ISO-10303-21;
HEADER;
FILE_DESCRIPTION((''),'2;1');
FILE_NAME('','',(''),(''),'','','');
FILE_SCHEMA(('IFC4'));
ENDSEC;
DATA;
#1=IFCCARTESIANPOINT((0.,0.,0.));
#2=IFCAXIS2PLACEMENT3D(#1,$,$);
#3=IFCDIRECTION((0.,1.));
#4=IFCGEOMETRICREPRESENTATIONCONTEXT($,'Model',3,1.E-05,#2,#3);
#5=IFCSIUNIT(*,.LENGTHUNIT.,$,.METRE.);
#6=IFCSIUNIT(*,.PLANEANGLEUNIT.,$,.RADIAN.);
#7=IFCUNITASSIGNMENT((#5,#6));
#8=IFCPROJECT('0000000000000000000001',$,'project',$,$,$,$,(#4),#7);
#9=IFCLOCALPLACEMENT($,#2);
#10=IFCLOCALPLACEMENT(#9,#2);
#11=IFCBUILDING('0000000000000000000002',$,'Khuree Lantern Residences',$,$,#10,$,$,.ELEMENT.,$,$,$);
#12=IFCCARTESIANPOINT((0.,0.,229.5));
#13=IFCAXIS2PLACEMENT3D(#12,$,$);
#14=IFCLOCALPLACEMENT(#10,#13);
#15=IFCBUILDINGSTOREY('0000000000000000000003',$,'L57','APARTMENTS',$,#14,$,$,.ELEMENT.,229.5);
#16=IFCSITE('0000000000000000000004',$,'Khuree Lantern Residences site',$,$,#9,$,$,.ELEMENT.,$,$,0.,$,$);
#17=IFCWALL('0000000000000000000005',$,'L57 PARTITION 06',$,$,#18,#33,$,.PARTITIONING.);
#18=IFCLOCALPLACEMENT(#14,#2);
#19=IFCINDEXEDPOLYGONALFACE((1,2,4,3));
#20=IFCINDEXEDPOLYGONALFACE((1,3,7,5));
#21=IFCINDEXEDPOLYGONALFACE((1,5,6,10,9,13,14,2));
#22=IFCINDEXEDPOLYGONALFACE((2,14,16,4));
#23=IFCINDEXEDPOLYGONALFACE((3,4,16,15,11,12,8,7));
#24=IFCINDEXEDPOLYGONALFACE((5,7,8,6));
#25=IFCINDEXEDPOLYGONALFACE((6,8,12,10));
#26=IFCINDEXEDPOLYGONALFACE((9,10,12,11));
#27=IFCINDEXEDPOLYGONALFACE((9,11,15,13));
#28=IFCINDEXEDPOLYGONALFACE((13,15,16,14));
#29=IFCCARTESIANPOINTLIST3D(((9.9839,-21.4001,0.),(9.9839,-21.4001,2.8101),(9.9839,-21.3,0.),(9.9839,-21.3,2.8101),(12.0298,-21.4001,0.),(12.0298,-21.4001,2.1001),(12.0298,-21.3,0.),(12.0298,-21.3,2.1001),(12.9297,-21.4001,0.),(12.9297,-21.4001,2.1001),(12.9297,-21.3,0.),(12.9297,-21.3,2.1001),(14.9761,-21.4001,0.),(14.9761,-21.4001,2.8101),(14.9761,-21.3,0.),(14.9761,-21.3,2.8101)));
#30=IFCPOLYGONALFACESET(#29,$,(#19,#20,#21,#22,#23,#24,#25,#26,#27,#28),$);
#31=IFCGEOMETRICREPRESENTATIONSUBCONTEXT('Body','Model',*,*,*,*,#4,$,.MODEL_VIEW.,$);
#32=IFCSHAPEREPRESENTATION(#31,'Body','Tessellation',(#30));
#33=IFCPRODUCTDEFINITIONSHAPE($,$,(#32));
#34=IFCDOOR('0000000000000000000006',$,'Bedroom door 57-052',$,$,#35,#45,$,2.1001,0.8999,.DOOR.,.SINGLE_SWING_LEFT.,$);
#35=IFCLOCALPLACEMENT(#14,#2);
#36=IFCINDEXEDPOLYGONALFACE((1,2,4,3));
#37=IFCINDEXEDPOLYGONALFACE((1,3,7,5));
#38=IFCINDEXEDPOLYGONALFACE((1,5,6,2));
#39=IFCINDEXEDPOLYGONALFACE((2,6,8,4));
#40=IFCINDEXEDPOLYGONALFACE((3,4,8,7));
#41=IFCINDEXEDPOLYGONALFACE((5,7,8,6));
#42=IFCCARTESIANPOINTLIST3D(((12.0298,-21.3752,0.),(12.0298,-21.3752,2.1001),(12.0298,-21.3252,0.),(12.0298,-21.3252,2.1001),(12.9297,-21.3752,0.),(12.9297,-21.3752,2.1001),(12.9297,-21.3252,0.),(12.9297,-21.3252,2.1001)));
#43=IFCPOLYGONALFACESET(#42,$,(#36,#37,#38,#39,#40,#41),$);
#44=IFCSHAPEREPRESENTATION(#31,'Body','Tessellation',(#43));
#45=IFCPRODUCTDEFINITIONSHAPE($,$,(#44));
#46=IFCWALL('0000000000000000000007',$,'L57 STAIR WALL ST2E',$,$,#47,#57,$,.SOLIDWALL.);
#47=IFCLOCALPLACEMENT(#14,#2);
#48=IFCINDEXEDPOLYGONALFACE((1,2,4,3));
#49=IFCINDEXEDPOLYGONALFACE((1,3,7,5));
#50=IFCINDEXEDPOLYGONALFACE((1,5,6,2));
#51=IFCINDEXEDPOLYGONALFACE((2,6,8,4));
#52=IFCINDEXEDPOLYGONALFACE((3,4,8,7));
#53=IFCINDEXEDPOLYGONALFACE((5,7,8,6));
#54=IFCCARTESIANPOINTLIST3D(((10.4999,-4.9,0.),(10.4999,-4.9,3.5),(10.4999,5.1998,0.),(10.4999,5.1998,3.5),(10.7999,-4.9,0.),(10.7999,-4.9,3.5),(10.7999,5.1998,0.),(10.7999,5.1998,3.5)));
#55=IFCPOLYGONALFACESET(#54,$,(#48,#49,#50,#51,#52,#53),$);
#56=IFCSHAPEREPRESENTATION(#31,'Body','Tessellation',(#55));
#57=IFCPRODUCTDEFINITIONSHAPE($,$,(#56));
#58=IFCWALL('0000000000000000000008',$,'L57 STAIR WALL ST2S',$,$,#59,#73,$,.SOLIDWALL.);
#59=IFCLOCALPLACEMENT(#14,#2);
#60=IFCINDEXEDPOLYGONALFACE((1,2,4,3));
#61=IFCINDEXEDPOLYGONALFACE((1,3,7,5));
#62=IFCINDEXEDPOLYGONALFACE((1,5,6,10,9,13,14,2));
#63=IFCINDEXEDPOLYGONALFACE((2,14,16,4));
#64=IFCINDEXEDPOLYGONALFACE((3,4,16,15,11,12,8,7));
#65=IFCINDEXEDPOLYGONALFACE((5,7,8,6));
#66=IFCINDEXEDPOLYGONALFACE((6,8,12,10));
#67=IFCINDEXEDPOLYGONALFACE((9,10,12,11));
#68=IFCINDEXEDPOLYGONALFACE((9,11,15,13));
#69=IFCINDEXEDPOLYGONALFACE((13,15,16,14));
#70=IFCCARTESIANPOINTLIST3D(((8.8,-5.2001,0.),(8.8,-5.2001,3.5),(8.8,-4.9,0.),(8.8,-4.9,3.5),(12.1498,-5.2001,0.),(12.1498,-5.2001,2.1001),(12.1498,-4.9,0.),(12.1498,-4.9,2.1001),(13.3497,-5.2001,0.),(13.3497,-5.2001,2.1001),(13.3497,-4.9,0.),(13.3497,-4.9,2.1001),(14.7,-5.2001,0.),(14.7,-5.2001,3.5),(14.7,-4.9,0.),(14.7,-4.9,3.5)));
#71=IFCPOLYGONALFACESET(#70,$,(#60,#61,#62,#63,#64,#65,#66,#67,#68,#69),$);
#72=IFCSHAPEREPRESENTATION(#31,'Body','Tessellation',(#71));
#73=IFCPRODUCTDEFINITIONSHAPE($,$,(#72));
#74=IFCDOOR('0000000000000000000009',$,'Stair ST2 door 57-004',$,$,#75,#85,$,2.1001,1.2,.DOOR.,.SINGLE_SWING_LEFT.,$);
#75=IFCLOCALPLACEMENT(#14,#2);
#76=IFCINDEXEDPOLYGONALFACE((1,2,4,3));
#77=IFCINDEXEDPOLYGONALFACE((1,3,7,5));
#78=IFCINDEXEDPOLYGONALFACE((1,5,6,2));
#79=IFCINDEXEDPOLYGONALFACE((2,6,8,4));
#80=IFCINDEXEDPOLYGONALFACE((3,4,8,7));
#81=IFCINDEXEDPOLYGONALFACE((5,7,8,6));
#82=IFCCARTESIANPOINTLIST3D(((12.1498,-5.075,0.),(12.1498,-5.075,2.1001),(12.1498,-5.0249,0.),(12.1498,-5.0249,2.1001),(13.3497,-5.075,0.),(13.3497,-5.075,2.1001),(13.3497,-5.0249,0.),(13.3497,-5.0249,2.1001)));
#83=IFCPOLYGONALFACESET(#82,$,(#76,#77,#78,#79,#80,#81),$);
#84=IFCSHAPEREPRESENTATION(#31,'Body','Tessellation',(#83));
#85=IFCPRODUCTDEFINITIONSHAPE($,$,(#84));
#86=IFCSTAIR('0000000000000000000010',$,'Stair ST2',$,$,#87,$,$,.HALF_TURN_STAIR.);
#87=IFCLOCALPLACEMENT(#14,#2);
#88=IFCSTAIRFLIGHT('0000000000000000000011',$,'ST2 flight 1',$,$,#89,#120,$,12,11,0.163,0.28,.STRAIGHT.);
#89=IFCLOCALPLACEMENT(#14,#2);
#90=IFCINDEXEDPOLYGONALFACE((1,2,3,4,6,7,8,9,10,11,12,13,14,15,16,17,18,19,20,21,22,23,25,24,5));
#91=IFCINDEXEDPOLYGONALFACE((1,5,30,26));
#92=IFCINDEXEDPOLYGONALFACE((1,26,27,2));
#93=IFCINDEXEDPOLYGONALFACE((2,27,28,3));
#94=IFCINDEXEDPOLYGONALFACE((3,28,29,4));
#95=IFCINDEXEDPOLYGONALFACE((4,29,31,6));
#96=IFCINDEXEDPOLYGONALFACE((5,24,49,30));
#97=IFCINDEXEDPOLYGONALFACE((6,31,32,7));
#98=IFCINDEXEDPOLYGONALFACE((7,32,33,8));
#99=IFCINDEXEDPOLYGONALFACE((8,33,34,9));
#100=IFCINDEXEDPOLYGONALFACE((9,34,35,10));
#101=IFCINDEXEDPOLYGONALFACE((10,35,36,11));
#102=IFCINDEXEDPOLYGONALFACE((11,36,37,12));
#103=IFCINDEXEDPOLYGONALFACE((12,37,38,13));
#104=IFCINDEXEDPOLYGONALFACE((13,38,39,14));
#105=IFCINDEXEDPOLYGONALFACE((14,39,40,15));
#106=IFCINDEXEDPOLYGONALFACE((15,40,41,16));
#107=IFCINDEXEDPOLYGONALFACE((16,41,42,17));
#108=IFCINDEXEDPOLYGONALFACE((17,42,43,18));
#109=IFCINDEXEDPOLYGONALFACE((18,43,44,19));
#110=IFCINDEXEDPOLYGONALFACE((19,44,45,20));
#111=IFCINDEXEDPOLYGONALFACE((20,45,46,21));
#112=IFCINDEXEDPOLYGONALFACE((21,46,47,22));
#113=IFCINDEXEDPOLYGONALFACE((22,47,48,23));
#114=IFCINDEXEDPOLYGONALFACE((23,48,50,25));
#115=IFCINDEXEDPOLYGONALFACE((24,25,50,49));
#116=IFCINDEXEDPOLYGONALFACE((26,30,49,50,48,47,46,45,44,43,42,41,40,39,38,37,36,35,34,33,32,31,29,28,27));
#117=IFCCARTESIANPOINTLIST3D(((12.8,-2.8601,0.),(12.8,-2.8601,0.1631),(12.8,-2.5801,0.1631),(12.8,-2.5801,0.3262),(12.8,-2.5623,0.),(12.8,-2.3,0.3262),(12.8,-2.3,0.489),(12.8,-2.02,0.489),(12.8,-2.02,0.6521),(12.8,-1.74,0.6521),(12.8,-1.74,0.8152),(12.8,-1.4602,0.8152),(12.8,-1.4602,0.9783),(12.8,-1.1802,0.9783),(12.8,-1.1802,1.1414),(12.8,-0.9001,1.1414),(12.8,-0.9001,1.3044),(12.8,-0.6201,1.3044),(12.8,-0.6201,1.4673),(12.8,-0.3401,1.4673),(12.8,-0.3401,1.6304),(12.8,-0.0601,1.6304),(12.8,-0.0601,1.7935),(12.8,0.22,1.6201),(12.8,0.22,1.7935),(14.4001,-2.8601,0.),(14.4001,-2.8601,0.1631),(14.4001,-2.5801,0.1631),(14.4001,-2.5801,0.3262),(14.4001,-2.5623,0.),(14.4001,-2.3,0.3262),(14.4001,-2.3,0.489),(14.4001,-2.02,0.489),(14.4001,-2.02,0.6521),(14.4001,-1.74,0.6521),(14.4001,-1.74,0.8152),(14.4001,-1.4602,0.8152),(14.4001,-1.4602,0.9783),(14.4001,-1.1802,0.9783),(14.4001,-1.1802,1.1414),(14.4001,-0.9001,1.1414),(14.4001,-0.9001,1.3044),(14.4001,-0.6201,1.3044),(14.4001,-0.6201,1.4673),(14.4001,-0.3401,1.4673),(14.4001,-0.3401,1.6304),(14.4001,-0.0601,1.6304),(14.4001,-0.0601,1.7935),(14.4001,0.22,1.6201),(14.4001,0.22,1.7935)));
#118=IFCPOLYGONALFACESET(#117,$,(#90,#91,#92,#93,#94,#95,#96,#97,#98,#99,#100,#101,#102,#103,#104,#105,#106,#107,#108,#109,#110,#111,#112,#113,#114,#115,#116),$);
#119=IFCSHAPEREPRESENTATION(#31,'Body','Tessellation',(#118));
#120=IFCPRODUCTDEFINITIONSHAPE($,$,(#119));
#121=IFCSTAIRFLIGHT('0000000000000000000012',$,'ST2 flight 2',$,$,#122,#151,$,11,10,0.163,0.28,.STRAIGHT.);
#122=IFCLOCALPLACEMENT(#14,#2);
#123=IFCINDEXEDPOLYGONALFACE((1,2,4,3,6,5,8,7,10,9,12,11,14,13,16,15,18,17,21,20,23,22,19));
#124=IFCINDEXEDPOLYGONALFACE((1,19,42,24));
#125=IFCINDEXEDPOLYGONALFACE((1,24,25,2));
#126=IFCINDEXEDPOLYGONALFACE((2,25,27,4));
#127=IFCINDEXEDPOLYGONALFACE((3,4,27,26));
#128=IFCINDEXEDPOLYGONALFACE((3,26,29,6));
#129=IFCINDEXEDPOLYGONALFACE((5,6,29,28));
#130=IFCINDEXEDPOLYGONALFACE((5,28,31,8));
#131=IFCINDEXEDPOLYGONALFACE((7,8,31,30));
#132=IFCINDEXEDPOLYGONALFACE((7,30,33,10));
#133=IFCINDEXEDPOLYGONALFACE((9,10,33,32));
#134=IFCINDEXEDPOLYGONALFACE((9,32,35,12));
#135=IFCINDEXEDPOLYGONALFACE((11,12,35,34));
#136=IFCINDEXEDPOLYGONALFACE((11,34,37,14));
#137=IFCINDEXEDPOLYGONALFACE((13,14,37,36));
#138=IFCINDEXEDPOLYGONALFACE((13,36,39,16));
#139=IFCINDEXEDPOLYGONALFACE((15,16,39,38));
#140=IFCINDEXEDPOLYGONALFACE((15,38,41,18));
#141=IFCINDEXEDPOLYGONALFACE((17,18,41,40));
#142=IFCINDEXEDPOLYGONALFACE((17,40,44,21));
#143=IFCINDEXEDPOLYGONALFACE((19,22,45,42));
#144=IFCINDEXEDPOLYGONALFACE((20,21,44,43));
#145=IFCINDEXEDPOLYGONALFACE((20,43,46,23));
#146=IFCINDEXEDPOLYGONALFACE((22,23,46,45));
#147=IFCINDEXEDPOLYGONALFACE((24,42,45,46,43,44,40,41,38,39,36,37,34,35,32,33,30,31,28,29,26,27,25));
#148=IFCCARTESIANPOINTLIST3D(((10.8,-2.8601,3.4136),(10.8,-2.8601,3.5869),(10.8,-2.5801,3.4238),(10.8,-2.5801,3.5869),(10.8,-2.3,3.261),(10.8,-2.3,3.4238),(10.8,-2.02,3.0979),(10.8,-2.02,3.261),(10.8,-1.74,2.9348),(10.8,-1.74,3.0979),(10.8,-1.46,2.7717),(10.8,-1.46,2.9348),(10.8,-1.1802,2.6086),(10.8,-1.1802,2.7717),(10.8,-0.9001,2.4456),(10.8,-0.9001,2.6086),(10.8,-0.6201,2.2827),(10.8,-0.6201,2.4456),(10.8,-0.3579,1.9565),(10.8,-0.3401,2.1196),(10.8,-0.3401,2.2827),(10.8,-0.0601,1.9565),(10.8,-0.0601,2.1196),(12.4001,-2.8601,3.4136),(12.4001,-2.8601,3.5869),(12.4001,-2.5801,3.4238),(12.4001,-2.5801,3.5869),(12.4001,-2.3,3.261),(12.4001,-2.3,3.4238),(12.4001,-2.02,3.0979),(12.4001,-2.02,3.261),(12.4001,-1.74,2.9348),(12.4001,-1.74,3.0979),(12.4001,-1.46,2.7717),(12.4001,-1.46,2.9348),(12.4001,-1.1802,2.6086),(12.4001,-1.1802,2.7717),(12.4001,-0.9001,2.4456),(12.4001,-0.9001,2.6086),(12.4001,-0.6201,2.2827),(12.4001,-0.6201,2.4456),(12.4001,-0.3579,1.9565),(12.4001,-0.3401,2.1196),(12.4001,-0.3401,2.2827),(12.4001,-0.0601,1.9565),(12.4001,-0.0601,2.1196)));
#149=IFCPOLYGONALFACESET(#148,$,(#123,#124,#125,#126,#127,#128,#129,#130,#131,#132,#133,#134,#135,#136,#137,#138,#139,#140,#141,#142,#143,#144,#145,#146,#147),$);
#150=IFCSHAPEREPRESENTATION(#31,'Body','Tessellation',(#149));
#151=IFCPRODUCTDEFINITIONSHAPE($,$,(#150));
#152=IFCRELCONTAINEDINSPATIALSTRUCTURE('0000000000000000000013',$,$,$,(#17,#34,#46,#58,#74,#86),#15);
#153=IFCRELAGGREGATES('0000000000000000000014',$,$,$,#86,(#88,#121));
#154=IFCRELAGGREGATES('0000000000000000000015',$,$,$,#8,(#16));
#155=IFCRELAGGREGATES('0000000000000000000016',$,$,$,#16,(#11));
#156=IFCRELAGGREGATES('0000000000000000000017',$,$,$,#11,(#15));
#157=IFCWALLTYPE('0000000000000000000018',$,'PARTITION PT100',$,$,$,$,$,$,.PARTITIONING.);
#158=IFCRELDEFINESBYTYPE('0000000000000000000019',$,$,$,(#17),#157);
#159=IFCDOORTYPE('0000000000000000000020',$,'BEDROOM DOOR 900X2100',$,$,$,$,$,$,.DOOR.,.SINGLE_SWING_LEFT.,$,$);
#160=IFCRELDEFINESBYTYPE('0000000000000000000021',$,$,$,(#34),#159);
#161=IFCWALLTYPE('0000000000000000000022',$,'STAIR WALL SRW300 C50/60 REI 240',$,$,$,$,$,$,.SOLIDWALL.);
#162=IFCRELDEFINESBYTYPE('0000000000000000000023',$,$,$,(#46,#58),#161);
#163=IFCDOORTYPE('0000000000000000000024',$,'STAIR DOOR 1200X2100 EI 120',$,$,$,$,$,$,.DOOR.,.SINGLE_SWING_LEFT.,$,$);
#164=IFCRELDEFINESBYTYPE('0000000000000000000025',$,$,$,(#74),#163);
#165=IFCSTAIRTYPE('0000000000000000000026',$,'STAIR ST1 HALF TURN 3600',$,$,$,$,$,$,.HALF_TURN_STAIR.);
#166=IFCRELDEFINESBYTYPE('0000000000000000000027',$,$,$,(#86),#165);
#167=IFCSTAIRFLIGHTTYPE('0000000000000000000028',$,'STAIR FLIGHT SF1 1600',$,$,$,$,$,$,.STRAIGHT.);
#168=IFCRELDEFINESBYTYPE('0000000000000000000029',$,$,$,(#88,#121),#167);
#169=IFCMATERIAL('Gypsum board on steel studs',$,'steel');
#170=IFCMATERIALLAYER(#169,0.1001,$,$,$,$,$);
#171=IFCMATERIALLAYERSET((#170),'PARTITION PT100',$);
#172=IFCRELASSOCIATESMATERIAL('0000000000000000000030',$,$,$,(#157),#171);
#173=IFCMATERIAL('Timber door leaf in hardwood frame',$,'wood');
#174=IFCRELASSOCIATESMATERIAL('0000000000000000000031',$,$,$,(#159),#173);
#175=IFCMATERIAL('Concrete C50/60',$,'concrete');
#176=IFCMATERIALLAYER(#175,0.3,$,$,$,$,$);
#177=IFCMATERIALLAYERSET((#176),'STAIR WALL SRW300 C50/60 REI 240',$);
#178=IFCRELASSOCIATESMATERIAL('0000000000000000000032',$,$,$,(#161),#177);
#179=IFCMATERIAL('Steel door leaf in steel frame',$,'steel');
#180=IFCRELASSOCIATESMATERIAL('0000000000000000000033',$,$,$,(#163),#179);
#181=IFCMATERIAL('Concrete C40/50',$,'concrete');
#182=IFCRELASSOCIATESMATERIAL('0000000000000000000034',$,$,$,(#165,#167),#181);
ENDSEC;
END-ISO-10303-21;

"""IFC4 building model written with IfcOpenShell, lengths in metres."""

from ifc_helpers import new_model, si_unit, direction, frame, frame_2d, origin, place, context, subcontext, project, spatial, polyline, rectangle, outline, extrude, material, layer, layer_set, type_object, element, fill, aggregate, save


model = new_model("IFC4")

# Units and contexts
model_context = context("Model", 3, precision=1e-05, world=origin(), true_north=direction((0.0, 1.0)))
body_context = subcontext(model_context, "Body", "Model", "MODEL_VIEW")
ifc_project = project(units=[si_unit("LENGTHUNIT", "METRE"), si_unit("PLANEANGLEUNIT", "RADIAN")], contexts=[model_context])

# Site, building, storey
site_placement = place(None, origin())
site = spatial("IfcSite", under=ifc_project, at=site_placement, Name="Khuree Lantern Residences site", CompositionType="ELEMENT", RefElevation=0.0)
building_placement = place(site_placement, origin())
building = spatial("IfcBuilding", under=site, at=building_placement, Name="Khuree Lantern Residences", CompositionType="ELEMENT")
storey_placement = place(building_placement, frame((0.0, 0.0, 229.5)))
storey = spatial("IfcBuildingStorey", under=building, at=storey_placement, Name="L57", Description="APARTMENTS", CompositionType="ELEMENT", Elevation=229.5)

# Shared definitions
ifc_material_1 = material(Name="Concrete C50/60", Category="concrete")

# Shared definitions
ifc_material_2 = material(Name="Timber door leaf in hardwood frame", Category="wood")

# Shared definitions
ifc_material_3 = material(Name="Gypsum board on steel studs", Category="steel")

# Shared definitions
ifc_material_4 = material(Name="Steel door leaf in steel frame", Category="steel")

# Shared definitions
ifc_layer_1 = layer(ifc_material_3, 0.1001)
ifc_layer_set_1 = layer_set([ifc_layer_1], Name="PARTITION PT100")
wall_type_1 = type_object("IfcWallType", Name="PARTITION PT100", PredefinedType="PARTITIONING", material=ifc_layer_set_1)

# Wall, opening, door
wall_1_placement = place(storey_placement, frame((9.9839, -21.3501, 0.0), z_axis=(0.0, 0.0, 1.0), x_axis=(1.0, 0.0, 0.0)))
wall_1 = element("IfcWall", 1, at=wall_1_placement, inside=storey, type_object=wall_type_1, Name="L57 PARTITION 06", PredefinedType="PARTITIONING", context=body_context, shape_type="SweptSolid", body=[
    extrude(rectangle(XDim=4.9922, YDim=0.1001, at=frame_2d((2.4961, 0.0))), origin(), (0.0, 0.0, 1.0), 2.8101),
])
opening_1_placement = place(wall_1_placement, frame((2.0459, 0.0, 0.0)))
opening_1 = element("IfcOpeningElement", 2, at=opening_1_placement, cuts=wall_1, PredefinedType="OPENING", context=body_context, shape_type="SweptSolid", body=[
    extrude(rectangle(XDim=0.8999, YDim=2.1001, at=frame_2d((0.45, 1.05))), frame((0.0, 0.0601, 0.0), z_axis=(0.0, -1.0, 0.0), x_axis=(1.0, 0.0, 0.0)), (0.0, 0.0, 1.0), 0.1201),
])
door_type_1 = type_object("IfcDoorType", Name="BEDROOM DOOR 900X2100", OperationType="SINGLE_SWING_LEFT", PredefinedType="DOOR", material=ifc_material_2)
door_1_placement = place(opening_1_placement, origin())
door_1 = element("IfcDoor", 3, at=door_1_placement, inside=storey, type_object=door_type_1, Name="Bedroom door 57-052", OperationType="SINGLE_SWING_LEFT", OverallHeight=2.1001, OverallWidth=0.8999, PredefinedType="DOOR", context=body_context, shape_type="SweptSolid", body=[
    extrude(rectangle(XDim=0.8999, YDim=2.1001, at=frame_2d((0.45, 1.05))), frame((0.0, 0.0249, 0.0), z_axis=(0.0, -1.0, 0.0), x_axis=(1.0, 0.0, 0.0)), (0.0, 0.0, 1.0), 0.05),
])
fill(opening_1, door_1)

# Wall
ifc_layer_2 = layer(ifc_material_1, 0.3)
ifc_layer_set_2 = layer_set([ifc_layer_2], Name="STAIR WALL SRW300 C50/60 REI 240")
wall_type_2 = type_object("IfcWallType", Name="STAIR WALL SRW300 C50/60 REI 240", PredefinedType="SOLIDWALL", material=ifc_layer_set_2)
wall_2_placement = place(storey_placement, frame((10.6499, -4.8999, 0.0), z_axis=(0.0, 0.0, 1.0), x_axis=(0.0, 1.0, 0.0)))
element("IfcWall", 4, at=wall_2_placement, inside=storey, type_object=wall_type_2, Name="L57 STAIR WALL ST2E", PredefinedType="SOLIDWALL", context=body_context, shape_type="SweptSolid", body=[
    extrude(rectangle(XDim=10.0999, YDim=0.3, at=frame_2d((5.0498, 0.0))), origin(), (0.0, 0.0, 1.0), 3.5),
])

# Wall, opening, door
wall_3_placement = place(storey_placement, frame((14.7, -5.05, 0.0), z_axis=(0.0, 0.0, 1.0), x_axis=(-1.0, 0.0, 0.0)))
wall_3 = element("IfcWall", 5, at=wall_3_placement, inside=storey, type_object=wall_type_2, Name="L57 STAIR WALL ST2S", PredefinedType="SOLIDWALL", context=body_context, shape_type="SweptSolid", body=[
    extrude(rectangle(XDim=5.8999, YDim=0.3, at=frame_2d((2.95, 0.0))), origin(), (0.0, 0.0, 1.0), 3.5),
])
opening_2_placement = place(wall_3_placement, frame((1.3501, 0.0, 0.0)))
opening_2 = element("IfcOpeningElement", 6, at=opening_2_placement, cuts=wall_3, PredefinedType="OPENING", context=body_context, shape_type="SweptSolid", body=[
    extrude(rectangle(XDim=1.2, YDim=2.1001, at=frame_2d((0.6001, 1.05))), frame((0.0, 0.1602, 0.0), z_axis=(0.0, -1.0, 0.0), x_axis=(1.0, 0.0, 0.0)), (0.0, 0.0, 1.0), 0.3201),
])
door_type_2 = type_object("IfcDoorType", Name="STAIR DOOR 1200X2100 EI 120", OperationType="SINGLE_SWING_LEFT", PredefinedType="DOOR", material=ifc_material_4)
door_2_placement = place(opening_2_placement, origin())
door_2 = element("IfcDoor", 7, at=door_2_placement, inside=storey, type_object=door_type_2, Name="Stair ST2 door 57-004", OperationType="SINGLE_SWING_LEFT", OverallHeight=2.1001, OverallWidth=1.2, PredefinedType="DOOR", context=body_context, shape_type="SweptSolid", body=[
    extrude(rectangle(XDim=1.2, YDim=2.1001, at=frame_2d((0.6001, 1.05))), frame((0.0, 0.0249, 0.0), z_axis=(0.0, -1.0, 0.0), x_axis=(1.0, 0.0, 0.0)), (0.0, 0.0, 1.0), 0.05),
])
fill(opening_2, door_2)

# Stair, stair flights
ifc_material_5 = material(Name="Concrete C40/50", Category="concrete")
stair_type = type_object("IfcStairType", Name="STAIR ST1 HALF TURN 3600", PredefinedType="HALF_TURN_STAIR", material=ifc_material_5)
stair_placement = place(storey_placement, origin())
stair = element("IfcStair", 8, at=stair_placement, inside=storey, type_object=stair_type, Name="Stair ST2", PredefinedType="HALF_TURN_STAIR")
stair_flight_type = type_object("IfcStairFlightType", Name="STAIR FLIGHT SF1 1600", PredefinedType="STRAIGHT", material=ifc_material_5)
stair_flight_1_placement = place(storey_placement, frame((13.6001, -2.8601, 0.0), z_axis=(0.0, 0.0, 1.0), x_axis=(0.0, 1.0, 0.0)))
stair_flight_1 = element("IfcStairFlight", 9, at=stair_flight_1_placement, type_object=stair_flight_type, Name="ST2 flight 1", NumberOfRisers=12, NumberOfTreads=11, PredefinedType="STRAIGHT", RiserHeight=0.163, TreadLength=0.28, context=body_context, shape_type="SweptSolid", body=[
    extrude(outline(polyline([(0.0, 0.0), (0.0, 0.1631), (0.28, 0.1631), (0.28, 0.3262), (0.5601, 0.3262), (0.5601, 0.489), (0.8401, 0.489), (0.8401, 0.6521), (1.1201, 0.6521), (1.1201, 0.8152), (1.3999, 0.8152), (1.3999, 0.9783), (1.6799, 0.9783), (1.6799, 1.1414), (1.96, 1.1414), (1.96, 1.3044), (2.24, 1.3044), (2.24, 1.4673), (2.52, 1.4673), (2.52, 1.6304), (2.8, 1.6304), (2.8, 1.7935), (3.0801, 1.7935), (3.0801, 1.9565), (3.0801, 1.6201), (0.2979, 0.0), (0.0, 0.0)])), frame((0.0, 0.8, 0.0), z_axis=(0.0, -1.0, 0.0), x_axis=(1.0, 0.0, 0.0)), (0.0, 0.0, 1.0), 1.6001),
])
stair_flight_2_placement = place(storey_placement, frame((11.6001, -0.0601, 1.9565), z_axis=(0.0, 0.0, 1.0), x_axis=(0.0, -1.0, 0.0)))
stair_flight_2 = element("IfcStairFlight", 10, at=stair_flight_2_placement, type_object=stair_flight_type, Name="ST2 flight 2", NumberOfRisers=11, NumberOfTreads=10, PredefinedType="STRAIGHT", RiserHeight=0.163, TreadLength=0.28, context=body_context, shape_type="SweptSolid", body=[
    extrude(outline(polyline([(0.0, 0.0), (0.0, 0.1631), (0.28, 0.1631), (0.28, 0.3262), (0.5601, 0.3262), (0.5601, 0.489), (0.8401, 0.489), (0.8401, 0.6521), (1.1201, 0.6521), (1.1201, 0.8152), (1.3999, 0.8152), (1.3999, 0.9783), (1.6799, 0.9783), (1.6799, 1.1414), (1.96, 1.1414), (1.96, 1.3044), (2.24, 1.3044), (2.24, 1.4673), (2.52, 1.4673), (2.52, 1.6304), (2.8, 1.6304), (2.8, 1.7935), (2.8, 1.457), (0.2979, 0.0), (0.0, 0.0)])), frame((0.0, 0.8, 0.0), z_axis=(0.0, -1.0, 0.0), x_axis=(1.0, 0.0, 0.0)), (0.0, 0.0, 1.0), 1.6001),
])
aggregate(stair, [stair_flight_1, stair_flight_2])

save(model, "model.ifc")
